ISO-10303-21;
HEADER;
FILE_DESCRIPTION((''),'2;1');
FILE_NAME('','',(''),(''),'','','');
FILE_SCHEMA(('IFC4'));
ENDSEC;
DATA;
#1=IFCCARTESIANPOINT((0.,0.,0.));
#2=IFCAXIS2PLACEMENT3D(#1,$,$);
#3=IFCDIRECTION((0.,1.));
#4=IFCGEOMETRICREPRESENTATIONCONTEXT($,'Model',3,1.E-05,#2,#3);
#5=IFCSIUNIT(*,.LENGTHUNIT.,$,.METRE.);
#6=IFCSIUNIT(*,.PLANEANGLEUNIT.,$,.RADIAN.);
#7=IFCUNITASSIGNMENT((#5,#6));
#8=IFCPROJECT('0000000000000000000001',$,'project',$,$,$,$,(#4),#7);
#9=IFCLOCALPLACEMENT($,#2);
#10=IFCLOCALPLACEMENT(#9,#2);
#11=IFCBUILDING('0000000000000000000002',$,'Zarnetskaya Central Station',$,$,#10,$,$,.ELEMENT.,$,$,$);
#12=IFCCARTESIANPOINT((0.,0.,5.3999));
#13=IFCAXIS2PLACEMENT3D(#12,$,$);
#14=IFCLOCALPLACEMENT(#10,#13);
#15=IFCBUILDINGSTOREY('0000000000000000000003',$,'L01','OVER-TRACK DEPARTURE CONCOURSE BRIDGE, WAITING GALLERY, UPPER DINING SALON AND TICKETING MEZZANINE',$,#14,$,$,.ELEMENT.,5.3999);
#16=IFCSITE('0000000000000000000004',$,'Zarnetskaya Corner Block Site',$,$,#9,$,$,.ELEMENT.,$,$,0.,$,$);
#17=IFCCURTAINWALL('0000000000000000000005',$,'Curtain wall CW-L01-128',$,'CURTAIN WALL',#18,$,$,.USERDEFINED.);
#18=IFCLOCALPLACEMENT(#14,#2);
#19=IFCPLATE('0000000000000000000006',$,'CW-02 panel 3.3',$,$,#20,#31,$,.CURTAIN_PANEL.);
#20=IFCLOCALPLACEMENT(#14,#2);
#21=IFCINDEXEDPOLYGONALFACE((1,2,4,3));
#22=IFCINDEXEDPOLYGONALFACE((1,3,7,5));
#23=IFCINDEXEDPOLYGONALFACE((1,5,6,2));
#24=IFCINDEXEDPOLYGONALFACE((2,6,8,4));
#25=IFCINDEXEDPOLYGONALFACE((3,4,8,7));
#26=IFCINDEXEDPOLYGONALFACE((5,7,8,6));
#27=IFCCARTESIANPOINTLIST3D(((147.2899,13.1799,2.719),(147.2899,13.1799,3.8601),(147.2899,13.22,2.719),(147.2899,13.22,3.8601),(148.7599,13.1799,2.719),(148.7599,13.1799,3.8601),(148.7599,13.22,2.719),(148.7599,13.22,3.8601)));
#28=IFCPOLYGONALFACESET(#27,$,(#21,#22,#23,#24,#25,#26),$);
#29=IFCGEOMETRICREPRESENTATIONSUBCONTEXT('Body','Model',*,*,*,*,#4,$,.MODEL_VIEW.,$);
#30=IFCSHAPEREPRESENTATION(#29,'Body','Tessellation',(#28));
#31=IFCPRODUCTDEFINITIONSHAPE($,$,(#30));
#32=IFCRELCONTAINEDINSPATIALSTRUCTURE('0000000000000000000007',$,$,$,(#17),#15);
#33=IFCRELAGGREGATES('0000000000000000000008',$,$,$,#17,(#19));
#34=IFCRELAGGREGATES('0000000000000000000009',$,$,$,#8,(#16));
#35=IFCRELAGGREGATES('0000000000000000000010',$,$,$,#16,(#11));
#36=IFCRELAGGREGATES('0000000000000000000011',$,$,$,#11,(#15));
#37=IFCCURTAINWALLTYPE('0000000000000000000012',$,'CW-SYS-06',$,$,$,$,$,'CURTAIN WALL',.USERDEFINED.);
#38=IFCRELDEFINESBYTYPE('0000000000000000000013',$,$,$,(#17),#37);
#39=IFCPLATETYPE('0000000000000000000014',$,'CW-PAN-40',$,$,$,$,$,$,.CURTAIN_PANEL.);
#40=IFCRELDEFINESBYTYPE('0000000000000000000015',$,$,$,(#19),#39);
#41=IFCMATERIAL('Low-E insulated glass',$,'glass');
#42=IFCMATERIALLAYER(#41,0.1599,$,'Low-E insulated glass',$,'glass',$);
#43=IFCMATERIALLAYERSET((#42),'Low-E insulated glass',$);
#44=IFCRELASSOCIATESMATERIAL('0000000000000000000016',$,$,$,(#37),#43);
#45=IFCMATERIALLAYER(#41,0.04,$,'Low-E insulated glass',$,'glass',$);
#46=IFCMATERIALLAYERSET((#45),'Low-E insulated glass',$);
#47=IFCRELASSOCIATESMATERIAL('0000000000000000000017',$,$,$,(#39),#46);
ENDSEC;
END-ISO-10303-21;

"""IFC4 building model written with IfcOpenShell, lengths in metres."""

from ifc_helpers import new_model, si_unit, direction, frame, origin, origin_2d, place, context, subcontext, project, spatial, rectangle, extrude, material, layer, layer_set, type_object, element, aggregate, save


model = new_model("IFC4")

# Units and contexts
model_context = context("Model", 3, precision=1e-05, world=origin(), true_north=direction((0.0, 1.0)))
body_context = subcontext(model_context, "Body", "Model", "MODEL_VIEW")
ifc_project = project(units=[si_unit("LENGTHUNIT", "METRE"), si_unit("PLANEANGLEUNIT", "RADIAN")], contexts=[model_context])

# Site, building, storey
site_placement = place(None, origin())
site = spatial("IfcSite", under=ifc_project, at=site_placement, Name="Zarnetskaya Corner Block Site", CompositionType="ELEMENT", RefElevation=0.0)
building_placement = place(site_placement, origin())
building = spatial("IfcBuilding", under=site, at=building_placement, Name="Zarnetskaya Central Station", CompositionType="ELEMENT")
storey_placement = place(building_placement, frame((0.0, 0.0, 5.3999)))
storey = spatial("IfcBuildingStorey", under=building, at=storey_placement, Name="L01", Description="OVER-TRACK DEPARTURE CONCOURSE BRIDGE, WAITING GALLERY, UPPER DINING SALON AND TICKETING MEZZANINE", CompositionType="ELEMENT", Elevation=5.3999)

# Shared definitions
ifc_material_1 = material(Name="Low-E insulated glass", Category="glass")
ifc_layer_1 = layer(ifc_material_1, 0.1599, Name="Low-E insulated glass", Category="glass")
ifc_layer_set_1 = layer_set([ifc_layer_1], Name="Low-E insulated glass")
curtain_wall_type = type_object("IfcCurtainWallType", Name="CW-SYS-06", ElementType="CURTAIN WALL", PredefinedType="USERDEFINED", material=ifc_layer_set_1)

# Curtain wall
curtain_wall_1_placement = place(storey_placement, origin())
curtain_wall_1 = element("IfcCurtainWall", 1, at=curtain_wall_1_placement, inside=storey, type_object=curtain_wall_type, Name="Curtain wall CW-L01-128", ObjectType="CURTAIN WALL", PredefinedType="USERDEFINED")

# Plate
ifc_layer_2 = layer(ifc_material_1, 0.04, Name="Low-E insulated glass", Category="glass")
ifc_layer_set_2 = layer_set([ifc_layer_2], Name="Low-E insulated glass")
plate_type = type_object("IfcPlateType", Name="CW-PAN-40", PredefinedType="CURTAIN_PANEL", material=ifc_layer_set_2)
plate_1_placement = place(storey_placement, frame((148.0249, 13.2, 2.719), z_axis=(0.0, 0.0, 1.0), x_axis=(1.0, 0.0, 0.0)))
plate_1 = element("IfcPlate", 2, at=plate_1_placement, type_object=plate_type, Name="CW-02 panel 3.3", PredefinedType="CURTAIN_PANEL", context=body_context, shape_type="SweptSolid", body=[
    extrude(rectangle(XDim=1.47, YDim=0.04, at=origin_2d()), origin(), (0.0, 0.0, 1.0), 1.1411),
])
aggregate(curtain_wall_1, [plate_1])

save(model, "model.ifc")
